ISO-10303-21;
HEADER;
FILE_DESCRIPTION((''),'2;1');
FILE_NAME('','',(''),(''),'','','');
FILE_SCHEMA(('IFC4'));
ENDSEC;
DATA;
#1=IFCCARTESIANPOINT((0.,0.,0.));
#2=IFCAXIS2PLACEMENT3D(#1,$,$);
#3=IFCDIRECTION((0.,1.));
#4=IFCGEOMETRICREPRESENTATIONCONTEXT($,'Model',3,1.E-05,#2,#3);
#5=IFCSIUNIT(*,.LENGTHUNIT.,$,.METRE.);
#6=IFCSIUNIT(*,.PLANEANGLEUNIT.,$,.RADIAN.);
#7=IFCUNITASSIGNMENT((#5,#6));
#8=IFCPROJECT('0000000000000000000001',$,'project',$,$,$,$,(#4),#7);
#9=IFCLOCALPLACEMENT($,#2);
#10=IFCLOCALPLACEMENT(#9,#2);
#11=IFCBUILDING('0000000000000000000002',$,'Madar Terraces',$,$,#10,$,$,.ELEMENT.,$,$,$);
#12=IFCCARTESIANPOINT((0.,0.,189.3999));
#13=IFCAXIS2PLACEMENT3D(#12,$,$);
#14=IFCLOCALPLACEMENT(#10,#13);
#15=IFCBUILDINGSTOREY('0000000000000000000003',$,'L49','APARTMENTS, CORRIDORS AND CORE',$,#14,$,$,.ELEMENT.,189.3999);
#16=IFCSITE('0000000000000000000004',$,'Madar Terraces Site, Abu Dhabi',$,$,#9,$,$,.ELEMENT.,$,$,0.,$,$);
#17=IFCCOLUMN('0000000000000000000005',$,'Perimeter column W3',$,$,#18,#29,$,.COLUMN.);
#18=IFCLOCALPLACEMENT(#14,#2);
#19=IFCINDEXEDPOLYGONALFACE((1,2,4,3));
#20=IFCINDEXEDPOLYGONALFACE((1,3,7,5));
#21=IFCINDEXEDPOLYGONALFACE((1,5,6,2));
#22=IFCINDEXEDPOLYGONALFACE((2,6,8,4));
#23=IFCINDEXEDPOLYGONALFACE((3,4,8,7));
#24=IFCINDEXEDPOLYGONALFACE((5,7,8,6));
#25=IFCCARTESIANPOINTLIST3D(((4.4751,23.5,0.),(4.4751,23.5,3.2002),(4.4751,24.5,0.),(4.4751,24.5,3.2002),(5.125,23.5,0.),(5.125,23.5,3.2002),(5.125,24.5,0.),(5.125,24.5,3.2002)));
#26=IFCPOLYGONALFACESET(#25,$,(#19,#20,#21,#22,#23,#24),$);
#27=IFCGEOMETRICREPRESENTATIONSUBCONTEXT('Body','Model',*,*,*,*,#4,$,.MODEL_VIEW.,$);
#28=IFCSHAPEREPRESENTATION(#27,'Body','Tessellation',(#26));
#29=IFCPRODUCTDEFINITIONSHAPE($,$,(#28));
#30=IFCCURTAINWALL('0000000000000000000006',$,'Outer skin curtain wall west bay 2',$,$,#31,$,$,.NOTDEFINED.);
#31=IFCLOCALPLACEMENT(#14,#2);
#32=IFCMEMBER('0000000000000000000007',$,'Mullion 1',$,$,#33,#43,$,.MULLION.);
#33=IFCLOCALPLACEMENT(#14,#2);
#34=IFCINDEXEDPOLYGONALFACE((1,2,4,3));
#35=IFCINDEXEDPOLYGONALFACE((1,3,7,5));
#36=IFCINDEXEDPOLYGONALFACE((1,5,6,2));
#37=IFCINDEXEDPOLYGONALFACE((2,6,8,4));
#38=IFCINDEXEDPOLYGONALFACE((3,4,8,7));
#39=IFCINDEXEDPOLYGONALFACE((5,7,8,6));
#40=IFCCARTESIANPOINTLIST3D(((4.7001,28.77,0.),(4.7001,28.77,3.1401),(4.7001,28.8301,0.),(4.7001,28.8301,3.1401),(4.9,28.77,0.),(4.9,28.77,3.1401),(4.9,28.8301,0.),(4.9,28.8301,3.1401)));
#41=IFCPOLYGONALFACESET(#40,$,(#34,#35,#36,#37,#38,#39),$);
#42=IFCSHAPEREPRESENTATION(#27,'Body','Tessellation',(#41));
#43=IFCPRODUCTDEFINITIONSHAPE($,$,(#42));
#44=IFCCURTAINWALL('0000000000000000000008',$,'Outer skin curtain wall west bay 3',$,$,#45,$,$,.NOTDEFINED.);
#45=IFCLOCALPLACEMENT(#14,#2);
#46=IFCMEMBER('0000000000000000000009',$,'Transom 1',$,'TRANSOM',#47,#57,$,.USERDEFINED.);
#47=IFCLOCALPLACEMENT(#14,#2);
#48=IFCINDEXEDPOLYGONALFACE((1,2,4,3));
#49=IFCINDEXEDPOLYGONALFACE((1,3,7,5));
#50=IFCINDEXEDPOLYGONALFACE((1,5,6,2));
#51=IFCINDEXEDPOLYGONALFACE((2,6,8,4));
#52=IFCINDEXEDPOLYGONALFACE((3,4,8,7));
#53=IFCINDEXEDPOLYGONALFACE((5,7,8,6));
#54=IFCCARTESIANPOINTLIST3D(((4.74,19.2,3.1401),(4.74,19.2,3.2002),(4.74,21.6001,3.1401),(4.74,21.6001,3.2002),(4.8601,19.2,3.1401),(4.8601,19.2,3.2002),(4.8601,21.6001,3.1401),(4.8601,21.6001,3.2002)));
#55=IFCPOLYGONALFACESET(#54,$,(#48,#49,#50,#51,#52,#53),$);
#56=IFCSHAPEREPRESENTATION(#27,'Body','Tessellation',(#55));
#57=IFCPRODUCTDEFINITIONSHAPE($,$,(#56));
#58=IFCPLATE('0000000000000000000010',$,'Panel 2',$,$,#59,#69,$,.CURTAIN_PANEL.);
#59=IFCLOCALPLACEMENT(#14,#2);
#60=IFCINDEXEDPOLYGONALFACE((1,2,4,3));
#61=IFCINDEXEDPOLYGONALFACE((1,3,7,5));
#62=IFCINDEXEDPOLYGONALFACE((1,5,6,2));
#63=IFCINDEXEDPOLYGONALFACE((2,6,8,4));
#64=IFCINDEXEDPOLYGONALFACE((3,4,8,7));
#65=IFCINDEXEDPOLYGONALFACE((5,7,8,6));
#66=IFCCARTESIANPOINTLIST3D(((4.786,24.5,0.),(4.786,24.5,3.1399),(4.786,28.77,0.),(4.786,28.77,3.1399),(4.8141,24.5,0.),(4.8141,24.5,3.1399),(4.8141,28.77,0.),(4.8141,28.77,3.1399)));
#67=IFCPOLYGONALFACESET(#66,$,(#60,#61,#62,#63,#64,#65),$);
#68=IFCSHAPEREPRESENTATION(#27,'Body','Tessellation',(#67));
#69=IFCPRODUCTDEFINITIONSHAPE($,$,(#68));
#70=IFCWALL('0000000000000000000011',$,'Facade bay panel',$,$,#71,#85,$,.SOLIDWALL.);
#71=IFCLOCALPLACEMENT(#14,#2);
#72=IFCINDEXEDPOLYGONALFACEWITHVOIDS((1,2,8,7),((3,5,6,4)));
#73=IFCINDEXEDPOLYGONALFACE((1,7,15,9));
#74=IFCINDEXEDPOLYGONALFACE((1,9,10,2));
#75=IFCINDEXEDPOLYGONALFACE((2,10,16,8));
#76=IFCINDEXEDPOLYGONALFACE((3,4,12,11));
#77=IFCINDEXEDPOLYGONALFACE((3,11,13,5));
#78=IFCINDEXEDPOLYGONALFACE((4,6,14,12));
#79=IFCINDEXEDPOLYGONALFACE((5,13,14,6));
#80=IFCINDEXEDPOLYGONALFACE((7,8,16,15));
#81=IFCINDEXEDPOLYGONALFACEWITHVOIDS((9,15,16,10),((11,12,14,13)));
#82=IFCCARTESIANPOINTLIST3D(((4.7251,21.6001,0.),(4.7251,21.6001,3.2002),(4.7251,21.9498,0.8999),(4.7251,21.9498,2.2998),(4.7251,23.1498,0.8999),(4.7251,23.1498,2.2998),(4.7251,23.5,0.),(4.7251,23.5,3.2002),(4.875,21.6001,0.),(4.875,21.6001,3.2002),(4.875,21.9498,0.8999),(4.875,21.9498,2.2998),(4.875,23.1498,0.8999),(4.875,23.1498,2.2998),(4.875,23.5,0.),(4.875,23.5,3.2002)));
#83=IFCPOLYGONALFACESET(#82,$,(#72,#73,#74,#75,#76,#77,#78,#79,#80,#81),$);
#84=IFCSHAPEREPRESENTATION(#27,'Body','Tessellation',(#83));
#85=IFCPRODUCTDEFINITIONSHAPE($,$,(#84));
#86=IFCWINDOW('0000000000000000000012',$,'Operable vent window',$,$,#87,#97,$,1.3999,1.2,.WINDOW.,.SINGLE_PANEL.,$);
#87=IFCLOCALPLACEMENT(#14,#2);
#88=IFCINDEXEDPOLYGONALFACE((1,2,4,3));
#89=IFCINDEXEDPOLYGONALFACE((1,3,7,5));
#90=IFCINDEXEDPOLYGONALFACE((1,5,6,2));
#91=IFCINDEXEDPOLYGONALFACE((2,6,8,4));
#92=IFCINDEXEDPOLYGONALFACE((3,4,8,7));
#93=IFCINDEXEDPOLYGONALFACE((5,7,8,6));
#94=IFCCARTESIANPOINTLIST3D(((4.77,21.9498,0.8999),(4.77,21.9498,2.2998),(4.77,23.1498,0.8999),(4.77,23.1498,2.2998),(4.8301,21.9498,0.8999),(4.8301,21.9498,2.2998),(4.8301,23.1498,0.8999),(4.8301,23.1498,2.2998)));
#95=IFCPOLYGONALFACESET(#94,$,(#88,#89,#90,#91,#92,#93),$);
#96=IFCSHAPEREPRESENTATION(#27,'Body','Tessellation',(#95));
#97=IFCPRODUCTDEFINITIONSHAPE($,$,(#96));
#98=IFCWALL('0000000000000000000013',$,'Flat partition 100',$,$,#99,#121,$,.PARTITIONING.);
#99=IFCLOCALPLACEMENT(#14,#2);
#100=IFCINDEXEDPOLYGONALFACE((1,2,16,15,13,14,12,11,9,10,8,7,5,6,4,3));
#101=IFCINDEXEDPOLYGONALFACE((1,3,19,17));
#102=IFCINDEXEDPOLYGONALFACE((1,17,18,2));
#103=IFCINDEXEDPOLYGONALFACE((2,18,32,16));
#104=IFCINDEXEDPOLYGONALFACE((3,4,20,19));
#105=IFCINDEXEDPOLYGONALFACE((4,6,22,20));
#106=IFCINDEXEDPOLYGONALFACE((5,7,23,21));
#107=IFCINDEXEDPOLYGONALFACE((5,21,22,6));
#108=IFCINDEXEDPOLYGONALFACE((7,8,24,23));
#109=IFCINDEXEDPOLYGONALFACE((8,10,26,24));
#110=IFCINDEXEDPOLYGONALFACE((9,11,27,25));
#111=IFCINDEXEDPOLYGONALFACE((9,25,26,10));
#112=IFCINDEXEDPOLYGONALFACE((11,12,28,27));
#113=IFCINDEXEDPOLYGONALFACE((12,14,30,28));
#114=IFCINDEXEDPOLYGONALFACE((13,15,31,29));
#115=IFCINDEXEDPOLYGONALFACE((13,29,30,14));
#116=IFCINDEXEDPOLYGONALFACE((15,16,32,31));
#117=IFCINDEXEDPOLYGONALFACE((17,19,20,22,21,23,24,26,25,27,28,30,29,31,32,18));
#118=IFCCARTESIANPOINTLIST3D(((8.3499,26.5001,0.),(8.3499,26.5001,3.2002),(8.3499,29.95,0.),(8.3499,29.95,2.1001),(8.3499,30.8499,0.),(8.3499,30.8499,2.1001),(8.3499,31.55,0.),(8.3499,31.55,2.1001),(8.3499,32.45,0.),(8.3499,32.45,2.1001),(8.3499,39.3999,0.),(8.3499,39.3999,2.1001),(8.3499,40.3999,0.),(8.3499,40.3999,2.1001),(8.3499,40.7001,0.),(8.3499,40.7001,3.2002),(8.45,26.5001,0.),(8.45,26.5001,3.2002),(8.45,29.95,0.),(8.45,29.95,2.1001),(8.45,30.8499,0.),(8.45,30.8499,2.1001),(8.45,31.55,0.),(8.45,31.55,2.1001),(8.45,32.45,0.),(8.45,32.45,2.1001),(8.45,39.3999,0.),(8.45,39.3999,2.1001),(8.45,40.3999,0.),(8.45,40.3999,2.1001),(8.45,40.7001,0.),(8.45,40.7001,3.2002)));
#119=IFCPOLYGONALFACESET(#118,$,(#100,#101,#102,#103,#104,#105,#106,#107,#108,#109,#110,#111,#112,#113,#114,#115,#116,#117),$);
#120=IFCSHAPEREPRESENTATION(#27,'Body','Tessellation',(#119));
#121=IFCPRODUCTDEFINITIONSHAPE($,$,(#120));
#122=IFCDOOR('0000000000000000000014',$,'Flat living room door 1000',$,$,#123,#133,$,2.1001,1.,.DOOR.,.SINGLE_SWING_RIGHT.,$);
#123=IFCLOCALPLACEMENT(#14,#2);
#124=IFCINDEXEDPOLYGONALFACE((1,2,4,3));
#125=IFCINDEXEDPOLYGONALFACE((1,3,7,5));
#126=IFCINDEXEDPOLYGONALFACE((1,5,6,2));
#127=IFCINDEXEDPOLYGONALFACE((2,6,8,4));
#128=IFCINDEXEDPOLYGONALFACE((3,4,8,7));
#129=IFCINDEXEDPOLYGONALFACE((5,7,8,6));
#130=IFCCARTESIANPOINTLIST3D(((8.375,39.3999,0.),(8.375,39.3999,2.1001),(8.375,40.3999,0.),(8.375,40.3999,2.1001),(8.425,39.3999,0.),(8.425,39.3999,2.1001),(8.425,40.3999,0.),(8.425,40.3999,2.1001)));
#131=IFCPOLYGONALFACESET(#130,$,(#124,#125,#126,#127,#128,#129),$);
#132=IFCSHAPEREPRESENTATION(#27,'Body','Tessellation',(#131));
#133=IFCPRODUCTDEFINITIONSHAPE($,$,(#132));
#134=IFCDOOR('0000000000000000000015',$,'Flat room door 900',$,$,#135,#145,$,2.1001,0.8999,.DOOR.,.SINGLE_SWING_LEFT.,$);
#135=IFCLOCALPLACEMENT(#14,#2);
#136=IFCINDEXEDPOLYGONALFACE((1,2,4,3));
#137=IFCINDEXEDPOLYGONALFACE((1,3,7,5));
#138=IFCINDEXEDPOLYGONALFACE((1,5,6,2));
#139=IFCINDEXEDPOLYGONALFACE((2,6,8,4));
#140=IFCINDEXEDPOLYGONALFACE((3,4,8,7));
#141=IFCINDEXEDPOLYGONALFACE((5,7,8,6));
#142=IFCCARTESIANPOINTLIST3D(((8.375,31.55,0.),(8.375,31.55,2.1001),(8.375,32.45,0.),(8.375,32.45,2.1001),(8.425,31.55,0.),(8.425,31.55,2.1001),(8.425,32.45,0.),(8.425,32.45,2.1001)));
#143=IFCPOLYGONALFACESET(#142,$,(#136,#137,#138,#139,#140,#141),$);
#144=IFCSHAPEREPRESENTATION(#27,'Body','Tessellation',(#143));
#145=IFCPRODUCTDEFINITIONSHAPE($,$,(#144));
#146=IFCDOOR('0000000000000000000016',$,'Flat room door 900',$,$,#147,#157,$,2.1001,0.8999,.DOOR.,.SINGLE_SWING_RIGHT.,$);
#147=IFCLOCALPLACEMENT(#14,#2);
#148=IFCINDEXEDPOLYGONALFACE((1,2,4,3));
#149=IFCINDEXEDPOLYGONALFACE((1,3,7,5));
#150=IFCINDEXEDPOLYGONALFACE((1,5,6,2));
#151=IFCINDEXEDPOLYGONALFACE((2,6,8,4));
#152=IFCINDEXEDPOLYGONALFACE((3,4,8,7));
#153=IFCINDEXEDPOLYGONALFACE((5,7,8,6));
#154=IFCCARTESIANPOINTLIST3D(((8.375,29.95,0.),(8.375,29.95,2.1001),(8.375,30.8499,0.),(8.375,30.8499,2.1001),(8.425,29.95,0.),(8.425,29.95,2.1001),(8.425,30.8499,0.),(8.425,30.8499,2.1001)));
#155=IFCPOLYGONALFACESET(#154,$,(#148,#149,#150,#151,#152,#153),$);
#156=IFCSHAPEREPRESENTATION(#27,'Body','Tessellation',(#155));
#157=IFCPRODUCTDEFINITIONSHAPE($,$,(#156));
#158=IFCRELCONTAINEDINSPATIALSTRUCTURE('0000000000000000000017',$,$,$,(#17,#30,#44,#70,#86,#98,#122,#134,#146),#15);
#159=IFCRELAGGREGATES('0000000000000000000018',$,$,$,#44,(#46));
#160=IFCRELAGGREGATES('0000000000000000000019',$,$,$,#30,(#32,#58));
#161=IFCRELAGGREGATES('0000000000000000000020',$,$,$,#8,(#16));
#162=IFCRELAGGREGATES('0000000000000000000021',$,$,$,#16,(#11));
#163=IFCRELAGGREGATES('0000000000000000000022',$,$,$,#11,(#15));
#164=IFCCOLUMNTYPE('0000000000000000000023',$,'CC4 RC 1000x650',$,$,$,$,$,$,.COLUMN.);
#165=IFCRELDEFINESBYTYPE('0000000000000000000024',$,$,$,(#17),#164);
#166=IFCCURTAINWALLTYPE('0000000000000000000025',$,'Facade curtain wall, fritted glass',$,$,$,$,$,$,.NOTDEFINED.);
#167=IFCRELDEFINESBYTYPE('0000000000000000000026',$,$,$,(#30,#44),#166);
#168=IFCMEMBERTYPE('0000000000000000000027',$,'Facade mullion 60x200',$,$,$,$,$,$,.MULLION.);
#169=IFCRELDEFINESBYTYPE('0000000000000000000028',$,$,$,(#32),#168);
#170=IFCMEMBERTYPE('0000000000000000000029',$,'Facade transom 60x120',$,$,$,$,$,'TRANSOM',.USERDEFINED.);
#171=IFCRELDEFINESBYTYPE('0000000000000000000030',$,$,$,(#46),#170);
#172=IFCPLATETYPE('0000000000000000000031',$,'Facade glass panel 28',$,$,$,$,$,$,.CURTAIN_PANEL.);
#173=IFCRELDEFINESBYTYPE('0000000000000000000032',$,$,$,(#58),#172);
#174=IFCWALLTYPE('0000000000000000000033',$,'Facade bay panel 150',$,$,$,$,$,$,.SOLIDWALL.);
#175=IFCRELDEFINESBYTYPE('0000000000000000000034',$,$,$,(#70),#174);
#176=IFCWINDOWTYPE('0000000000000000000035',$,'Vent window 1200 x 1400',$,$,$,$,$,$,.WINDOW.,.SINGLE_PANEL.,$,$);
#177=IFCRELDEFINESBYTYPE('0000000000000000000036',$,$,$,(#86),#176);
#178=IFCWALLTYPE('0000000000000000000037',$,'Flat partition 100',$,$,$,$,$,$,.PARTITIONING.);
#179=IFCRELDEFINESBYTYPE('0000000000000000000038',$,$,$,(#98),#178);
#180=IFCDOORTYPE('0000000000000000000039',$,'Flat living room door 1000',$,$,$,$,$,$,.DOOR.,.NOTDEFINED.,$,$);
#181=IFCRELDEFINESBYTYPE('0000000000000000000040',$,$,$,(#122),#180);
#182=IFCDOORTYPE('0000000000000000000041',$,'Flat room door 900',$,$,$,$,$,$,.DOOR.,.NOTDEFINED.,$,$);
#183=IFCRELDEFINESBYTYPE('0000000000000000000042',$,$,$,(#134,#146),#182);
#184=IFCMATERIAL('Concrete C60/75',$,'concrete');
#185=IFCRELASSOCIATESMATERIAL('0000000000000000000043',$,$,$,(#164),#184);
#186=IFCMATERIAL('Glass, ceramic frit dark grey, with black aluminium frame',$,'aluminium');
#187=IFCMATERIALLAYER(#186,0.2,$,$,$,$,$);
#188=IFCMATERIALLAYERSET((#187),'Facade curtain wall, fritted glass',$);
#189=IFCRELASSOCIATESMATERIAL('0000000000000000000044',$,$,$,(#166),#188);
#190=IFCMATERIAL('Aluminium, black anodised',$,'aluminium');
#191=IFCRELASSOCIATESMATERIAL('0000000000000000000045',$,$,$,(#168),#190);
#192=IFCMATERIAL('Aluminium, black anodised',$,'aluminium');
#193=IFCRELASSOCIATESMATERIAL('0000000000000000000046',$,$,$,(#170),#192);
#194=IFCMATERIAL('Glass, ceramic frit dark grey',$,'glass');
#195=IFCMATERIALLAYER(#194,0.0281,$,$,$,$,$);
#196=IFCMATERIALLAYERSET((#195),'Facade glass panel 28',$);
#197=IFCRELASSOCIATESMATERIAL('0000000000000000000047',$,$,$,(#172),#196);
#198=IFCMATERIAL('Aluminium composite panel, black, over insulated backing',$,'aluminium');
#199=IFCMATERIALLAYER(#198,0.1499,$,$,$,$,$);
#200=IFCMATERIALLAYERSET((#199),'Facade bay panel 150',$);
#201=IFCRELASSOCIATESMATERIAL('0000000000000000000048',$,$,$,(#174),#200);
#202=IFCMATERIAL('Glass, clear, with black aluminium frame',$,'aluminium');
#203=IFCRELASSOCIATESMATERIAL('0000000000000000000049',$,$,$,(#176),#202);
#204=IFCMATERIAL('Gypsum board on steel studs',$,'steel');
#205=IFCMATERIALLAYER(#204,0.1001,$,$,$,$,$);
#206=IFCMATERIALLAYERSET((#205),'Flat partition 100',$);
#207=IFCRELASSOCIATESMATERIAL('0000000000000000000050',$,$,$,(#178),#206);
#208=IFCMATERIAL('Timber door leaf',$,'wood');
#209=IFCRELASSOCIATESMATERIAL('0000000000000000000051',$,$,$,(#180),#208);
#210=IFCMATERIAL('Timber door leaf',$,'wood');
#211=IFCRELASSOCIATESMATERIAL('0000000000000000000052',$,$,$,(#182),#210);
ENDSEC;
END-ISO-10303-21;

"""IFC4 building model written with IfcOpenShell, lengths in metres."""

from ifc_helpers import new_model, si_unit, direction, frame, frame_2d, origin, origin_2d, place, context, subcontext, project, spatial, rectangle, extrude, material, layer, layer_set, material_profile, profile_set, type_object, element, fill, aggregate, save


model = new_model("IFC4")

# Units and contexts
model_context = context("Model", 3, precision=1e-05, world=origin(), true_north=direction((0.0, 1.0)))
body_context = subcontext(model_context, "Body", "Model", "MODEL_VIEW")
ifc_project = project(units=[si_unit("LENGTHUNIT", "METRE"), si_unit("PLANEANGLEUNIT", "RADIAN")], contexts=[model_context])

# Site, building, storey
site_placement = place(None, origin())
site = spatial("IfcSite", under=ifc_project, at=site_placement, Name="Madar Terraces Site, Abu Dhabi", CompositionType="ELEMENT", RefElevation=0.0)
building_placement = place(site_placement, origin())
building = spatial("IfcBuilding", under=site, at=building_placement, Name="Madar Terraces", CompositionType="ELEMENT")
storey_placement = place(building_placement, frame((0.0, 0.0, 189.3999)))
storey = spatial("IfcBuildingStorey", under=building, at=storey_placement, Name="L49", Description="APARTMENTS, CORRIDORS AND CORE", CompositionType="ELEMENT", Elevation=189.3999)

# Column
ifc_material_1 = material(Name="Concrete C60/75", Category="concrete")
ifc_material_profile_1 = material_profile(ifc_material_1, rectangle(XDim=1.0, YDim=0.6499, at=origin_2d()), Name="CC4 RC 1000x650")
ifc_profile_set_1 = profile_set([ifc_material_profile_1], Name="Concrete C60/75")
column_type = type_object("IfcColumnType", Name="CC4 RC 1000x650", PredefinedType="COLUMN", material=ifc_profile_set_1)
column_placement = place(storey_placement, frame((4.8, 24.0, 0.0), z_axis=(0.0, 0.0, 1.0), x_axis=(0.0, 1.0, 0.0)))
element("IfcColumn", 1, at=column_placement, inside=storey, type_object=column_type, Name="Perimeter column W3", PredefinedType="COLUMN", context=body_context, shape_type="SweptSolid", body=[
    extrude(rectangle(XDim=1.0, YDim=0.6499, at=origin_2d()), origin(), (0.0, 0.0, 1.0), 3.2002),
])

# Curtain walls, members
ifc_material_2 = material(Name="Glass, ceramic frit dark grey, with black aluminium frame", Category="aluminium")
ifc_layer_1 = layer(ifc_material_2, 0.2)
ifc_layer_set_1 = layer_set([ifc_layer_1], Name="Facade curtain wall, fritted glass")
curtain_wall_type = type_object("IfcCurtainWallType", Name="Facade curtain wall, fritted glass", PredefinedType="NOTDEFINED", material=ifc_layer_set_1)
curtain_wall_1_placement = place(storey_placement, origin())
curtain_wall_1 = element("IfcCurtainWall", 2, at=curtain_wall_1_placement, inside=storey, type_object=curtain_wall_type, Name="Outer skin curtain wall west bay 2", PredefinedType="NOTDEFINED")
ifc_material_3 = material(Name="Aluminium, black anodised", Category="aluminium")
ifc_material_profile_2 = material_profile(ifc_material_3, rectangle(XDim=0.2, YDim=0.0601, at=origin_2d()), Name="Facade mullion 60x200")
ifc_profile_set_2 = profile_set([ifc_material_profile_2], Name="Aluminium, black anodised")
member_type_1 = type_object("IfcMemberType", Name="Facade mullion 60x200", PredefinedType="MULLION", material=ifc_profile_set_2)
member_1_placement = place(storey_placement, frame((4.8, 28.8, 0.0), z_axis=(0.0, 0.0, 1.0), x_axis=(1.0, 0.0, 0.0)))
member_1 = element("IfcMember", 3, at=member_1_placement, type_object=member_type_1, Name="Mullion 1", PredefinedType="MULLION", context=body_context, shape_type="SweptSolid", body=[
    extrude(rectangle(XDim=0.2, YDim=0.0601, at=origin_2d()), origin(), (0.0, 0.0, 1.0), 3.1401),
])
curtain_wall_2_placement = place(storey_placement, origin())
curtain_wall_2 = element("IfcCurtainWall", 4, at=curtain_wall_2_placement, inside=storey, type_object=curtain_wall_type, Name="Outer skin curtain wall west bay 3", PredefinedType="NOTDEFINED")
ifc_material_4 = material(Name="Aluminium, black anodised", Category="aluminium")
ifc_material_profile_3 = material_profile(ifc_material_4, rectangle(XDim=0.1201, YDim=0.0601, at=origin_2d()), Name="Facade transom 60x120")
ifc_profile_set_3 = profile_set([ifc_material_profile_3], Name="Aluminium, black anodised")
member_type_2 = type_object("IfcMemberType", Name="Facade transom 60x120", ElementType="TRANSOM", PredefinedType="USERDEFINED", material=ifc_profile_set_3)
member_2_placement = place(storey_placement, frame((4.8, 21.6001, 3.1702), z_axis=(0.0, -1.0, 0.0), x_axis=(1.0, 0.0, 0.0)))
member_2 = element("IfcMember", 5, at=member_2_placement, type_object=member_type_2, Name="Transom 1", ObjectType="TRANSOM", PredefinedType="USERDEFINED", context=body_context, shape_type="SweptSolid", body=[
    extrude(rectangle(XDim=0.1201, YDim=0.0601, at=origin_2d()), origin(), (0.0, 0.0, 1.0), 2.4001),
])
aggregate(curtain_wall_2, [member_2])

# Plate
ifc_material_5 = material(Name="Glass, ceramic frit dark grey", Category="glass")
ifc_layer_2 = layer(ifc_material_5, 0.0281)
ifc_layer_set_2 = layer_set([ifc_layer_2], Name="Facade glass panel 28")
plate_type = type_object("IfcPlateType", Name="Facade glass panel 28", PredefinedType="CURTAIN_PANEL", material=ifc_layer_set_2)
plate_placement = place(storey_placement, frame((4.8, 26.635, 0.0), z_axis=(0.0, 0.0, 1.0), x_axis=(0.0, -1.0, 0.0)))
plate = element("IfcPlate", 6, at=plate_placement, type_object=plate_type, Name="Panel 2", PredefinedType="CURTAIN_PANEL", context=body_context, shape_type="SweptSolid", body=[
    extrude(rectangle(XDim=4.27, YDim=0.0281, at=origin_2d()), origin(), (0.0, 0.0, 1.0), 3.1399),
])
aggregate(curtain_wall_1, [member_1, plate])

# Wall, opening, window
ifc_material_6 = material(Name="Aluminium composite panel, black, over insulated backing", Category="aluminium")
ifc_layer_3 = layer(ifc_material_6, 0.1499)
ifc_layer_set_3 = layer_set([ifc_layer_3], Name="Facade bay panel 150")
wall_type_1 = type_object("IfcWallType", Name="Facade bay panel 150", PredefinedType="SOLIDWALL", material=ifc_layer_set_3)
wall_1_placement = place(storey_placement, frame((4.8, 23.5, 0.0), z_axis=(0.0, 0.0, 1.0), x_axis=(0.0, -1.0, 0.0)))
wall_1 = element("IfcWall", 7, at=wall_1_placement, inside=storey, type_object=wall_type_1, Name="Facade bay panel", PredefinedType="SOLIDWALL", context=body_context, shape_type="SweptSolid", body=[
    extrude(rectangle(XDim=1.8999, YDim=0.1499, at=frame_2d((0.95, 0.0))), origin(), (0.0, 0.0, 1.0), 3.2002),
])
opening_1_placement = place(wall_1_placement, frame((0.3501, 0.0, 0.8999)))
opening_1 = element("IfcOpeningElement", 8, at=opening_1_placement, cuts=wall_1, PredefinedType="OPENING", context=body_context, shape_type="SweptSolid", body=[
    extrude(rectangle(XDim=1.2, YDim=1.3999, at=frame_2d((0.6001, 0.7))), frame((0.0, 0.085, 0.0), z_axis=(0.0, -1.0, 0.0), x_axis=(1.0, 0.0, 0.0)), (0.0, 0.0, 1.0), 0.1699),
])
ifc_material_7 = material(Name="Glass, clear, with black aluminium frame", Category="aluminium")
window_type = type_object("IfcWindowType", Name="Vent window 1200 x 1400", PartitioningType="SINGLE_PANEL", PredefinedType="WINDOW", material=ifc_material_7)
window_placement = place(opening_1_placement, origin())
window = element("IfcWindow", 9, at=window_placement, inside=storey, type_object=window_type, Name="Operable vent window", OverallHeight=1.3999, OverallWidth=1.2, PartitioningType="SINGLE_PANEL", PredefinedType="WINDOW", context=body_context, shape_type="SweptSolid", body=[
    extrude(rectangle(XDim=1.2, YDim=1.3999, at=frame_2d((0.6001, 0.7))), frame((0.0, 0.03, 0.0), z_axis=(0.0, -1.0, 0.0), x_axis=(1.0, 0.0, 0.0)), (0.0, 0.0, 1.0), 0.0601),
])
fill(opening_1, window)

# Wall, openings, doors
ifc_material_8 = material(Name="Gypsum board on steel studs", Category="steel")
ifc_layer_4 = layer(ifc_material_8, 0.1001)
ifc_layer_set_4 = layer_set([ifc_layer_4], Name="Flat partition 100")
wall_type_2 = type_object("IfcWallType", Name="Flat partition 100", PredefinedType="PARTITIONING", material=ifc_layer_set_4)
wall_2_placement = place(storey_placement, frame((8.3999, 26.5, 0.0), z_axis=(0.0, 0.0, 1.0), x_axis=(0.0, 1.0, 0.0)))
wall_2 = element("IfcWall", 10, at=wall_2_placement, inside=storey, type_object=wall_type_2, Name="Flat partition 100", PredefinedType="PARTITIONING", context=body_context, shape_type="SweptSolid", body=[
    extrude(rectangle(XDim=14.2, YDim=0.1001, at=frame_2d((7.1001, 0.0))), origin(), (0.0, 0.0, 1.0), 3.2002),
])
opening_2_placement = place(wall_2_placement, frame((12.8999, 0.0, 0.0)))
opening_2 = element("IfcOpeningElement", 11, at=opening_2_placement, cuts=wall_2, PredefinedType="OPENING", context=body_context, shape_type="SweptSolid", body=[
    extrude(rectangle(XDim=1.0, YDim=2.1001, at=frame_2d((0.5, 1.05))), frame((0.0, 0.0601, 0.0), z_axis=(0.0, -1.0, 0.0), x_axis=(1.0, 0.0, 0.0)), (0.0, 0.0, 1.0), 0.1201),
])
opening_3_placement = place(wall_2_placement, frame((5.05, 0.0, 0.0)))
opening_3 = element("IfcOpeningElement", 12, at=opening_3_placement, cuts=wall_2, PredefinedType="OPENING", context=body_context, shape_type="SweptSolid", body=[
    extrude(rectangle(XDim=0.8999, YDim=2.1001, at=frame_2d((0.45, 1.05))), frame((0.0, 0.0601, 0.0), z_axis=(0.0, -1.0, 0.0), x_axis=(1.0, 0.0, 0.0)), (0.0, 0.0, 1.0), 0.1201),
])
opening_4_placement = place(wall_2_placement, frame((3.45, 0.0, 0.0)))
opening_4 = element("IfcOpeningElement", 13, at=opening_4_placement, cuts=wall_2, PredefinedType="OPENING", context=body_context, shape_type="SweptSolid", body=[
    extrude(rectangle(XDim=0.8999, YDim=2.1001, at=frame_2d((0.45, 1.05))), frame((0.0, 0.0601, 0.0), z_axis=(0.0, -1.0, 0.0), x_axis=(1.0, 0.0, 0.0)), (0.0, 0.0, 1.0), 0.1201),
])
ifc_material_9 = material(Name="Timber door leaf", Category="wood")
door_type_1 = type_object("IfcDoorType", Name="Flat living room door 1000", OperationType="NOTDEFINED", PredefinedType="DOOR", material=ifc_material_9)
door_1_placement = place(opening_2_placement, origin())
door_1 = element("IfcDoor", 14, at=door_1_placement, inside=storey, type_object=door_type_1, Name="Flat living room door 1000", OperationType="SINGLE_SWING_RIGHT", OverallHeight=2.1001, OverallWidth=1.0, PredefinedType="DOOR", context=body_context, shape_type="SweptSolid", body=[
    extrude(rectangle(XDim=1.0, YDim=2.1001, at=frame_2d((0.5, 1.05))), frame((0.0, 0.0249, 0.0), z_axis=(0.0, -1.0, 0.0), x_axis=(1.0, 0.0, 0.0)), (0.0, 0.0, 1.0), 0.05),
])
fill(opening_2, door_1)
ifc_material_10 = material(Name="Timber door leaf", Category="wood")
door_type_2 = type_object("IfcDoorType", Name="Flat room door 900", OperationType="NOTDEFINED", PredefinedType="DOOR", material=ifc_material_10)
door_2_placement = place(opening_3_placement, origin())
door_2 = element("IfcDoor", 15, at=door_2_placement, inside=storey, type_object=door_type_2, Name="Flat room door 900", OperationType="SINGLE_SWING_LEFT", OverallHeight=2.1001, OverallWidth=0.8999, PredefinedType="DOOR", context=body_context, shape_type="SweptSolid", body=[
    extrude(rectangle(XDim=0.8999, YDim=2.1001, at=frame_2d((0.45, 1.05))), frame((0.0, 0.0249, 0.0), z_axis=(0.0, -1.0, 0.0), x_axis=(1.0, 0.0, 0.0)), (0.0, 0.0, 1.0), 0.05),
])
fill(opening_3, door_2)
door_3_placement = place(opening_4_placement, origin())
door_3 = element("IfcDoor", 16, at=door_3_placement, inside=storey, type_object=door_type_2, Name="Flat room door 900", OperationType="SINGLE_SWING_RIGHT", OverallHeight=2.1001, OverallWidth=0.8999, PredefinedType="DOOR", context=body_context, shape_type="SweptSolid", body=[
    extrude(rectangle(XDim=0.8999, YDim=2.1001, at=frame_2d((0.45, 1.05))), frame((0.0, 0.0249, 0.0), z_axis=(0.0, -1.0, 0.0), x_axis=(1.0, 0.0, 0.0)), (0.0, 0.0, 1.0), 0.05),
])
fill(opening_4, door_3)

save(model, "model.ifc")
